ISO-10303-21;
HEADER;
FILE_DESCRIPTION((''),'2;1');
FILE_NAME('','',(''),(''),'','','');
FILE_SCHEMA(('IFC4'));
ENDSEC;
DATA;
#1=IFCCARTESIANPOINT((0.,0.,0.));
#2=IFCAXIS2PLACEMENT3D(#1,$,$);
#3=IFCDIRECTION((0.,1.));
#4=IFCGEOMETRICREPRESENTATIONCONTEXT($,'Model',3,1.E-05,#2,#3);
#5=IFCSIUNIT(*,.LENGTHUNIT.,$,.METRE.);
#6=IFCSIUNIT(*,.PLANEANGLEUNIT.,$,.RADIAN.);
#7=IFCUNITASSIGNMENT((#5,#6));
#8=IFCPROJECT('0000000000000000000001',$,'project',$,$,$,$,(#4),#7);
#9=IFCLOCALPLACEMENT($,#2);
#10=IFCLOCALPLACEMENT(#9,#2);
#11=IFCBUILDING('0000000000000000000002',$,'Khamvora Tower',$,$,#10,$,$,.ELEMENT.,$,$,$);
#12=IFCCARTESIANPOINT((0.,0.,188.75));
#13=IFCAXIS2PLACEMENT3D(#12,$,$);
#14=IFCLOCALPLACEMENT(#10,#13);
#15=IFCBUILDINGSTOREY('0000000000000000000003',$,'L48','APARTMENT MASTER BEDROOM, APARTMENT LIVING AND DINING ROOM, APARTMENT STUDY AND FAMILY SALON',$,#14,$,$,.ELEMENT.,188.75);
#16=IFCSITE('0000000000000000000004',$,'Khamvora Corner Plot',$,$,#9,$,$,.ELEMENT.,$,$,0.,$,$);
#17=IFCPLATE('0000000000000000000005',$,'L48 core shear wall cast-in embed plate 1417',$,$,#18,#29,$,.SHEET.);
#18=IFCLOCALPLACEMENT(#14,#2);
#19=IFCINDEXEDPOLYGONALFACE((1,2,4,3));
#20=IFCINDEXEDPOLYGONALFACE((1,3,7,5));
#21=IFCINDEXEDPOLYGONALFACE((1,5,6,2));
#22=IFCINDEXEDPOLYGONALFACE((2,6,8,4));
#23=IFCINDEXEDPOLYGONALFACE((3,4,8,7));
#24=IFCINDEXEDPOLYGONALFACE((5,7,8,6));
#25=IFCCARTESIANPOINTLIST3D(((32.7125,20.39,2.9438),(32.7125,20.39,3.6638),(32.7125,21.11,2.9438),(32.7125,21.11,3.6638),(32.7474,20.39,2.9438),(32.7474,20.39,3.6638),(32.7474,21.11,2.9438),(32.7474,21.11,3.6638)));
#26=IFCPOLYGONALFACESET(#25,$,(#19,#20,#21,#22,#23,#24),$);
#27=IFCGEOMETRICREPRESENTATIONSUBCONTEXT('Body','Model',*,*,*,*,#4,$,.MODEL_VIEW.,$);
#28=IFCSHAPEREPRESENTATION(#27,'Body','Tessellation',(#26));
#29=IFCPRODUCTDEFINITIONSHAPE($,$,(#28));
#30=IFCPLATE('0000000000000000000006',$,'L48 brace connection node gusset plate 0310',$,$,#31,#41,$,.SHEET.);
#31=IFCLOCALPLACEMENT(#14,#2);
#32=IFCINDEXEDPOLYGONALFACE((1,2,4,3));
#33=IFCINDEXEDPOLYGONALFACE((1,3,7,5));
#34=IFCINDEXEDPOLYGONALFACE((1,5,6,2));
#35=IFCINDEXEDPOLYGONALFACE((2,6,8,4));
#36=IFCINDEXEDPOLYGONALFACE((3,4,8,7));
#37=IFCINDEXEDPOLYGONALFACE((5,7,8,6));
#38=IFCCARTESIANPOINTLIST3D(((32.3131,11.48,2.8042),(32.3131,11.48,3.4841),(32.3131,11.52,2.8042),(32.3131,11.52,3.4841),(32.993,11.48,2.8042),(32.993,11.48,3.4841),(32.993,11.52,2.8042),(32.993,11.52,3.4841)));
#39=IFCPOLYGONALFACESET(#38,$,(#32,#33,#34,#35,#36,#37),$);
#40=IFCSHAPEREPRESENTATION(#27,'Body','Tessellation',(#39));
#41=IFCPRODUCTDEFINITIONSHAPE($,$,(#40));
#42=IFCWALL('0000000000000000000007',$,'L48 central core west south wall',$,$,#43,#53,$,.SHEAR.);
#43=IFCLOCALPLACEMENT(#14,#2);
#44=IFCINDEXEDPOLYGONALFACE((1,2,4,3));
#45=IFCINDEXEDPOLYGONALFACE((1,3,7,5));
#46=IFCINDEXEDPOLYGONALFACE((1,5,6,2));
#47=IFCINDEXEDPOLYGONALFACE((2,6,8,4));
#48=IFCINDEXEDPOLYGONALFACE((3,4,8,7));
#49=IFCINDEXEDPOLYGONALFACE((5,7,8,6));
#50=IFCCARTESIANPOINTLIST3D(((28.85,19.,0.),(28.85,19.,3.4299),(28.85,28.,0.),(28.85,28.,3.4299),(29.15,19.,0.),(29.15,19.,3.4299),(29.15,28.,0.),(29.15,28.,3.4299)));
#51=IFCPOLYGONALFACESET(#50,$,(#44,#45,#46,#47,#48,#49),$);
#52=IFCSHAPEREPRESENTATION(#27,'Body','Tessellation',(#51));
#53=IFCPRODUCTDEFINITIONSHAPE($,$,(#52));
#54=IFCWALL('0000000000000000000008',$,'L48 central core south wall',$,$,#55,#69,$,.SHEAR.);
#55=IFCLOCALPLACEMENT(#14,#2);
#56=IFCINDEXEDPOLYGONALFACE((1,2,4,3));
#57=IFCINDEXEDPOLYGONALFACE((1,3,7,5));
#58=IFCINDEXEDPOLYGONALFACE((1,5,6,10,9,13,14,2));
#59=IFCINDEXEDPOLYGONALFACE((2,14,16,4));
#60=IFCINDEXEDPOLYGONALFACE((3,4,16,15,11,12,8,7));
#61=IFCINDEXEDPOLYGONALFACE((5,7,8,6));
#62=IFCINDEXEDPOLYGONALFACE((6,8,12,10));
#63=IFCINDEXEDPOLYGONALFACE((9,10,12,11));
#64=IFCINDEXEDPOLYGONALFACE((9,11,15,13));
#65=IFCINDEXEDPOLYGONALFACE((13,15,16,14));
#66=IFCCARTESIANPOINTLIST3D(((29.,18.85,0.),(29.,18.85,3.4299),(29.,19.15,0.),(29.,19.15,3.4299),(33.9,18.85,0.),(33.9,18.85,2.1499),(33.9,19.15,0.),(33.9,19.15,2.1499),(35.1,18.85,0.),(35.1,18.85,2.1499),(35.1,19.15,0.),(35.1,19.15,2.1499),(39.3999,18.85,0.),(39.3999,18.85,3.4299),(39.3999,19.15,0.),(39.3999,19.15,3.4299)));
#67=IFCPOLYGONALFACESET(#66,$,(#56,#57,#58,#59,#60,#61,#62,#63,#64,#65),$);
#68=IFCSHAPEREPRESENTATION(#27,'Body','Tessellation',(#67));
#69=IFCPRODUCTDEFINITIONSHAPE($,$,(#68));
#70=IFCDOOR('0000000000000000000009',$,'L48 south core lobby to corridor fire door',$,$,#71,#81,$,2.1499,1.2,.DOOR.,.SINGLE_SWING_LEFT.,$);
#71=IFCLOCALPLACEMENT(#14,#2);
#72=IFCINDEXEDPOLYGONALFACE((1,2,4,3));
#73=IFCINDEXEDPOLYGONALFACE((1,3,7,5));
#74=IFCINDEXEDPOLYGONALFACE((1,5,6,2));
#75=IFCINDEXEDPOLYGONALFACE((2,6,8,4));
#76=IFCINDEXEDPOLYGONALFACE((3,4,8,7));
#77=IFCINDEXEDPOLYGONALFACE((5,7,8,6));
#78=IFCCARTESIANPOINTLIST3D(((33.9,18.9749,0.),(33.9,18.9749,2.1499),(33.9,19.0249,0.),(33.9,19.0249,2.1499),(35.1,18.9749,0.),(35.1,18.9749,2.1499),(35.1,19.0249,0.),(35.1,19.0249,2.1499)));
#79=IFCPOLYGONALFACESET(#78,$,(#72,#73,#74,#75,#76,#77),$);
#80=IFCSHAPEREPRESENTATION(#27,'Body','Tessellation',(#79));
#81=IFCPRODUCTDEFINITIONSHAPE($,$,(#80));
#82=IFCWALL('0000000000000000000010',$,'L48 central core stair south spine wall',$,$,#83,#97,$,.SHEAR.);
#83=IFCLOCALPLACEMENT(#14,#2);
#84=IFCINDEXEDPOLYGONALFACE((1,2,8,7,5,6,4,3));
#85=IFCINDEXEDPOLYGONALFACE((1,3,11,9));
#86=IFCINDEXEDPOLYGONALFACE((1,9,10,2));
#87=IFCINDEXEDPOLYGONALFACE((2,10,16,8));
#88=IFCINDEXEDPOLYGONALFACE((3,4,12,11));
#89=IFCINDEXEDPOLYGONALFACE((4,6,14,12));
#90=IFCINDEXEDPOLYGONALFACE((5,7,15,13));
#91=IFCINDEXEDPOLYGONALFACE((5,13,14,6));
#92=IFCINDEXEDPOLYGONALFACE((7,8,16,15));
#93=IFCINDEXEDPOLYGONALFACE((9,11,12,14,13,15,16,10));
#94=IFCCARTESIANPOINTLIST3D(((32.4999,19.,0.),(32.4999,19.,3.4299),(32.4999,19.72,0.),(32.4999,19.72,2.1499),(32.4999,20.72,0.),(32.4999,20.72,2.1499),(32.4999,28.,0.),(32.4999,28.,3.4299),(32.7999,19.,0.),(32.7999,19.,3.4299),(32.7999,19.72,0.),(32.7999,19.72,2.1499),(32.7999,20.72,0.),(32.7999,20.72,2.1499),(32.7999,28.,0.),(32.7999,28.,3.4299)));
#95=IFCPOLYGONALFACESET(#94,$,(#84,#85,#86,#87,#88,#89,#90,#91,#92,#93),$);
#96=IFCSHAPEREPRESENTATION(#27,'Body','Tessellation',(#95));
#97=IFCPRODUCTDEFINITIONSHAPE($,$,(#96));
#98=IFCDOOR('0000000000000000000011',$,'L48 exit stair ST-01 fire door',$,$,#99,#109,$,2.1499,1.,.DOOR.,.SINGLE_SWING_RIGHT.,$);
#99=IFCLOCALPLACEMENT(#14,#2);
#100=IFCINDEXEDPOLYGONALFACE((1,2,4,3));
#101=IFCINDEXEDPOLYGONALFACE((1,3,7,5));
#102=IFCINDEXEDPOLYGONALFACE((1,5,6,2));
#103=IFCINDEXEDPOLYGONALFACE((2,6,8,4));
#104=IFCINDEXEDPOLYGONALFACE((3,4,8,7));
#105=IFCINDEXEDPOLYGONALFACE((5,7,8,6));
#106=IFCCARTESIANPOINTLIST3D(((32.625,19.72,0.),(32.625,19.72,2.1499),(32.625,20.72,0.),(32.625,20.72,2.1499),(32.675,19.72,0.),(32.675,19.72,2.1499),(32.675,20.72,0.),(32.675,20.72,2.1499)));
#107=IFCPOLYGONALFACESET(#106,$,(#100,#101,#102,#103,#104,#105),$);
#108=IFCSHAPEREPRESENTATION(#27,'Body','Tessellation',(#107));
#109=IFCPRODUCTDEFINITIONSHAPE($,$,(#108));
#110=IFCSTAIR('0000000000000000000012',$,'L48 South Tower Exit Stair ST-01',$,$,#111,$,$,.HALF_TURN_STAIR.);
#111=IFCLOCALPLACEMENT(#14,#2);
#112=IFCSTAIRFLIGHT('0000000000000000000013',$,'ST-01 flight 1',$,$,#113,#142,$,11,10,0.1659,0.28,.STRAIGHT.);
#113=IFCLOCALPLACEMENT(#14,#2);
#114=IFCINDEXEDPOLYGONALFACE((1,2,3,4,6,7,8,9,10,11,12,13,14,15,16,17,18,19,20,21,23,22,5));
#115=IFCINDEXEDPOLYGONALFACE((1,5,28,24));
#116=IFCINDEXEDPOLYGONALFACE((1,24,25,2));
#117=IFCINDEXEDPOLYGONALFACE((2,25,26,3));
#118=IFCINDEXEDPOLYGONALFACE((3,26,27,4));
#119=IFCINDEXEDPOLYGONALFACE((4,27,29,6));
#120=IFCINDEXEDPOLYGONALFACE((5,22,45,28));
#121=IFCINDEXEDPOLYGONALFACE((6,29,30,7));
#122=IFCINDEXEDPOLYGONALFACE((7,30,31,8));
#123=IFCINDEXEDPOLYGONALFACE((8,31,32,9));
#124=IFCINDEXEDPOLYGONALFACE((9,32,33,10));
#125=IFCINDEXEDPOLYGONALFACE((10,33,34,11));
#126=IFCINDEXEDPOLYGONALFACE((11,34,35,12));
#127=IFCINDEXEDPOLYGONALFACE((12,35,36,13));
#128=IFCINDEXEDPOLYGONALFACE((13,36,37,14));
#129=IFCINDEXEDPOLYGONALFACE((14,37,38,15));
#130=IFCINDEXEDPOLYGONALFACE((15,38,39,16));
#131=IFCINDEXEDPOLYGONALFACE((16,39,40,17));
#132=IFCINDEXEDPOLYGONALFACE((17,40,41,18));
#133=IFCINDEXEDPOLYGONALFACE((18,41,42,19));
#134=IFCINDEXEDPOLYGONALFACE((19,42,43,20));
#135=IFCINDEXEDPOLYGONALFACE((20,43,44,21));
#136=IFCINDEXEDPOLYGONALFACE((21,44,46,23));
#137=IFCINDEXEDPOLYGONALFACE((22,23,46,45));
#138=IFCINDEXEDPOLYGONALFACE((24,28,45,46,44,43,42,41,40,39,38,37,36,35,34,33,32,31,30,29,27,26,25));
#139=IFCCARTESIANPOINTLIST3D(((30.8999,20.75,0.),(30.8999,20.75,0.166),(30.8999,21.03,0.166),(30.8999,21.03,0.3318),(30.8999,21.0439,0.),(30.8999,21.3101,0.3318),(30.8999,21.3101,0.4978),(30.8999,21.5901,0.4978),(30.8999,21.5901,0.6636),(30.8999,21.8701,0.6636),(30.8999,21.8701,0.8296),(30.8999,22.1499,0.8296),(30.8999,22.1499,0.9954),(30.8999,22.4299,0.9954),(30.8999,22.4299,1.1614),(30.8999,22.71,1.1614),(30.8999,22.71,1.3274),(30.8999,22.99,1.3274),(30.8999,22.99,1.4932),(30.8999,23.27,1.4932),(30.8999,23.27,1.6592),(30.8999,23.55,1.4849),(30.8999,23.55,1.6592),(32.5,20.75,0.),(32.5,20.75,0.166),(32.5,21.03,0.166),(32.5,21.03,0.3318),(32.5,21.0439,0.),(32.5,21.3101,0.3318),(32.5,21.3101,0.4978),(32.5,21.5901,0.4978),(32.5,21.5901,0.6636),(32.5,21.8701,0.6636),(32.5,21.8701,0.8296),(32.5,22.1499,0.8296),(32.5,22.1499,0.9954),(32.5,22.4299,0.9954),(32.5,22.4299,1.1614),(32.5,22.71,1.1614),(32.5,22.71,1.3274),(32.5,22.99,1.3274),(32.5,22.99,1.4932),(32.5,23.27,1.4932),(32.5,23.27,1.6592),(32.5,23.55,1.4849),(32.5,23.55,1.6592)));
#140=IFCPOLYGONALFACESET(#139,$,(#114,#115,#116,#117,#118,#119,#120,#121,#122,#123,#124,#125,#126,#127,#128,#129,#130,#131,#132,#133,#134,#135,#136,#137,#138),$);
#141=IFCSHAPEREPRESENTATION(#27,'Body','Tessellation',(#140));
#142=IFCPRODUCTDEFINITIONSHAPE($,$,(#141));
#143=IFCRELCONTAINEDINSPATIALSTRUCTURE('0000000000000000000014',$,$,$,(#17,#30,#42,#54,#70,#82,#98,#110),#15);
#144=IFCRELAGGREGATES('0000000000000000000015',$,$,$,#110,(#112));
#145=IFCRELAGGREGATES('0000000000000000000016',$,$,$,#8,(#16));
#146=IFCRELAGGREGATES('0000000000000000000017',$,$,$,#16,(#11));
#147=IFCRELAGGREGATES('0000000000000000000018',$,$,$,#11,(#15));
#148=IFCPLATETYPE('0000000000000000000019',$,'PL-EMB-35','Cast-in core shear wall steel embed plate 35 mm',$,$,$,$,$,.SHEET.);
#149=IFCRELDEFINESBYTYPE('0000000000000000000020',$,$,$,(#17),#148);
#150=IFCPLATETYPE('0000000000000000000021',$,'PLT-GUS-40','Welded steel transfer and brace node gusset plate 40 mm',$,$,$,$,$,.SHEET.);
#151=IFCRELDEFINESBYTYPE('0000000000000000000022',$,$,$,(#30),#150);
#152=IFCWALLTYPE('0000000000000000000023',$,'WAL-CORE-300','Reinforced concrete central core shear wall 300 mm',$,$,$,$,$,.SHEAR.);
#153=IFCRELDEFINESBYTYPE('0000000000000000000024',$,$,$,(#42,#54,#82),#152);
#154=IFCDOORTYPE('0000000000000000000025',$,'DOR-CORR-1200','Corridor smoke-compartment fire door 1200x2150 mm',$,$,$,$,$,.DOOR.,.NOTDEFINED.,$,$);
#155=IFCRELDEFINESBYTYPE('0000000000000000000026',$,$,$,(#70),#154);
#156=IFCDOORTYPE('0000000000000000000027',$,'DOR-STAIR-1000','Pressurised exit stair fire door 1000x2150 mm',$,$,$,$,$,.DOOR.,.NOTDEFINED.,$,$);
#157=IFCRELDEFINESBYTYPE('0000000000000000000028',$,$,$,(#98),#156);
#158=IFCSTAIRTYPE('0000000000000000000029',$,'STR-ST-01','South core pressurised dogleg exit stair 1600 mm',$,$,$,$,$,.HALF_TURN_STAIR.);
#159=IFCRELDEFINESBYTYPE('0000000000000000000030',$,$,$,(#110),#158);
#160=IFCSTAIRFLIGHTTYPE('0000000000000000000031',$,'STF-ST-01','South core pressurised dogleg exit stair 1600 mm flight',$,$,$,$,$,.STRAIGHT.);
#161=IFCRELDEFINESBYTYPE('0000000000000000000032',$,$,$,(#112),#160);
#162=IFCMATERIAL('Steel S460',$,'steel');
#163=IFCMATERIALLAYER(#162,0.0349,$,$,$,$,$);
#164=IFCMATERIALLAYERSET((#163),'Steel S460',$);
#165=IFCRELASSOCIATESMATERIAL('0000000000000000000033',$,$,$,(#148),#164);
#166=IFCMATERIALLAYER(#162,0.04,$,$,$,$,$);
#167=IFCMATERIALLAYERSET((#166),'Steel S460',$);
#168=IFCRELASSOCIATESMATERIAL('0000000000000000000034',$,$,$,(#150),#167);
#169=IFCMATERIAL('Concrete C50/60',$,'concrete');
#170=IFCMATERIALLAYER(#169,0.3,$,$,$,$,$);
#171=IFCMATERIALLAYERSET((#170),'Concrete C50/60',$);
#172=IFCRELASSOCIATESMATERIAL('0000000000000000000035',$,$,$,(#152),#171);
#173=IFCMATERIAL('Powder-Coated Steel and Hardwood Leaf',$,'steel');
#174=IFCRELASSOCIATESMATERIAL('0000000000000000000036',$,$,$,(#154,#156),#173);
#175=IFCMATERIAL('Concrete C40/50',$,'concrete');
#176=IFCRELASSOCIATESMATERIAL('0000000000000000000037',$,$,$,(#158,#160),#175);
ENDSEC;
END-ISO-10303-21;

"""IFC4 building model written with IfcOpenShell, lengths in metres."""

from ifc_helpers import new_model, si_unit, direction, frame, frame_2d, origin, origin_2d, place, context, subcontext, project, spatial, polyline, rectangle, outline, extrude, material, layer, layer_set, type_object, element, fill, aggregate, save


model = new_model("IFC4")

# Units and contexts
model_context = context("Model", 3, precision=1e-05, world=origin(), true_north=direction((0.0, 1.0)))
body_context = subcontext(model_context, "Body", "Model", "MODEL_VIEW")
ifc_project = project(units=[si_unit("LENGTHUNIT", "METRE"), si_unit("PLANEANGLEUNIT", "RADIAN")], contexts=[model_context])

# Site, building, storey
site_placement = place(None, origin())
site = spatial("IfcSite", under=ifc_project, at=site_placement, Name="Khamvora Corner Plot", CompositionType="ELEMENT", RefElevation=0.0)
building_placement = place(site_placement, origin())
building = spatial("IfcBuilding", under=site, at=building_placement, Name="Khamvora Tower", CompositionType="ELEMENT")
storey_placement = place(building_placement, frame((0.0, 0.0, 188.75)))
storey = spatial("IfcBuildingStorey", under=building, at=storey_placement, Name="L48", Description="APARTMENT MASTER BEDROOM, APARTMENT LIVING AND DINING ROOM, APARTMENT STUDY AND FAMILY SALON", CompositionType="ELEMENT", Elevation=188.75)

# Shared definitions
ifc_material_1 = material(Name="Steel S460", Category="steel")

# Plates
ifc_layer_1 = layer(ifc_material_1, 0.0349)
ifc_layer_set_1 = layer_set([ifc_layer_1], Name="Steel S460")
plate_type_1 = type_object("IfcPlateType", Name="PL-EMB-35", Description="Cast-in core shear wall steel embed plate 35 mm", PredefinedType="SHEET", material=ifc_layer_set_1)
plate_1_placement = place(storey_placement, frame((32.73, 20.75, 2.9438), z_axis=(0.0, 0.0, 1.0), x_axis=(1.0, 0.0, 0.0)))
element("IfcPlate", 1, at=plate_1_placement, inside=storey, type_object=plate_type_1, Name="L48 core shear wall cast-in embed plate 1417", PredefinedType="SHEET", context=body_context, shape_type="SweptSolid", body=[
    extrude(rectangle(XDim=0.0349, YDim=0.72, at=origin_2d()), origin(), (0.0, 0.0, 1.0), 0.72),
])
ifc_layer_2 = layer(ifc_material_1, 0.04)
ifc_layer_set_2 = layer_set([ifc_layer_2], Name="Steel S460")
plate_type_2 = type_object("IfcPlateType", Name="PLT-GUS-40", Description="Welded steel transfer and brace node gusset plate 40 mm", PredefinedType="SHEET", material=ifc_layer_set_2)
plate_2_placement = place(storey_placement, frame((32.6531, 11.5, 2.8042), z_axis=(0.0, 0.0, 1.0), x_axis=(1.0, 0.0, 0.0)))
element("IfcPlate", 2, at=plate_2_placement, inside=storey, type_object=plate_type_2, Name="L48 brace connection node gusset plate 0310", PredefinedType="SHEET", context=body_context, shape_type="SweptSolid", body=[
    extrude(rectangle(XDim=0.6799, YDim=0.04, at=origin_2d()), origin(), (0.0, 0.0, 1.0), 0.6799),
])

# Wall
ifc_material_2 = material(Name="Concrete C50/60", Category="concrete")
ifc_layer_3 = layer(ifc_material_2, 0.3)
ifc_layer_set_3 = layer_set([ifc_layer_3], Name="Concrete C50/60")
wall_type = type_object("IfcWallType", Name="WAL-CORE-300", Description="Reinforced concrete central core shear wall 300 mm", PredefinedType="SHEAR", material=ifc_layer_set_3)
wall_1_placement = place(storey_placement, frame((29.0, 19.0, 0.0), z_axis=(0.0, 0.0, 1.0), x_axis=(0.0, 1.0, 0.0)))
element("IfcWall", 3, at=wall_1_placement, inside=storey, type_object=wall_type, Name="L48 central core west south wall", PredefinedType="SHEAR", context=body_context, shape_type="SweptSolid", body=[
    extrude(rectangle(XDim=9.0, YDim=0.3, at=frame_2d((4.5, 0.0))), origin(), (0.0, 0.0, 1.0), 3.4299),
])

# Walls, openings, doors
wall_2_placement = place(storey_placement, frame((29.0, 19.0, 0.0), z_axis=(0.0, 0.0, 1.0), x_axis=(1.0, 0.0, 0.0)))
wall_2 = element("IfcWall", 4, at=wall_2_placement, inside=storey, type_object=wall_type, Name="L48 central core south wall", PredefinedType="SHEAR", context=body_context, shape_type="SweptSolid", body=[
    extrude(rectangle(XDim=10.3999, YDim=0.3, at=frame_2d((5.2, 0.0))), origin(), (0.0, 0.0, 1.0), 3.4299),
])
opening_1_placement = place(wall_2_placement, frame((4.8999, 0.0, 0.0)))
opening_1 = element("IfcOpeningElement", 5, at=opening_1_placement, cuts=wall_2, PredefinedType="OPENING", context=body_context, shape_type="SweptSolid", body=[
    extrude(rectangle(XDim=1.2, YDim=2.1499, at=frame_2d((0.6001, 1.075))), frame((0.0, 0.1599, 0.0), z_axis=(0.0, -1.0, 0.0), x_axis=(1.0, 0.0, 0.0)), (0.0, 0.0, 1.0), 0.3201),
])
ifc_material_3 = material(Name="Powder-Coated Steel and Hardwood Leaf", Category="steel")
door_type_1 = type_object("IfcDoorType", Name="DOR-CORR-1200", Description="Corridor smoke-compartment fire door 1200x2150 mm", OperationType="NOTDEFINED", PredefinedType="DOOR", material=ifc_material_3)
door_1_placement = place(opening_1_placement, origin())
door_1 = element("IfcDoor", 6, at=door_1_placement, inside=storey, type_object=door_type_1, Name="L48 south core lobby to corridor fire door", OperationType="SINGLE_SWING_LEFT", OverallHeight=2.1499, OverallWidth=1.2, PredefinedType="DOOR", context=body_context, shape_type="SweptSolid", body=[
    extrude(rectangle(XDim=1.2, YDim=2.1499, at=frame_2d((0.6001, 1.075))), frame((0.0, 0.0249, 0.0), z_axis=(0.0, -1.0, 0.0), x_axis=(1.0, 0.0, 0.0)), (0.0, 0.0, 1.0), 0.05),
])
fill(opening_1, door_1)
wall_3_placement = place(storey_placement, frame((32.6499, 19.0, 0.0), z_axis=(0.0, 0.0, 1.0), x_axis=(0.0, 1.0, 0.0)))
wall_3 = element("IfcWall", 7, at=wall_3_placement, inside=storey, type_object=wall_type, Name="L48 central core stair south spine wall", PredefinedType="SHEAR", context=body_context, shape_type="SweptSolid", body=[
    extrude(rectangle(XDim=9.0, YDim=0.3, at=frame_2d((4.5, 0.0))), origin(), (0.0, 0.0, 1.0), 3.4299),
])
opening_2_placement = place(wall_3_placement, frame((0.72, 0.0, 0.0)))
opening_2 = element("IfcOpeningElement", 8, at=opening_2_placement, cuts=wall_3, PredefinedType="OPENING", context=body_context, shape_type="SweptSolid", body=[
    extrude(rectangle(XDim=1.0, YDim=2.1499, at=frame_2d((0.5, 1.075))), frame((0.0, 0.1599, 0.0), z_axis=(0.0, -1.0, 0.0), x_axis=(1.0, 0.0, 0.0)), (0.0, 0.0, 1.0), 0.3201),
])
door_type_2 = type_object("IfcDoorType", Name="DOR-STAIR-1000", Description="Pressurised exit stair fire door 1000x2150 mm", OperationType="NOTDEFINED", PredefinedType="DOOR", material=ifc_material_3)
door_2_placement = place(opening_2_placement, origin())
door_2 = element("IfcDoor", 9, at=door_2_placement, inside=storey, type_object=door_type_2, Name="L48 exit stair ST-01 fire door", OperationType="SINGLE_SWING_RIGHT", OverallHeight=2.1499, OverallWidth=1.0, PredefinedType="DOOR", context=body_context, shape_type="SweptSolid", body=[
    extrude(rectangle(XDim=1.0, YDim=2.1499, at=frame_2d((0.5, 1.075))), frame((0.0, 0.0249, 0.0), z_axis=(0.0, -1.0, 0.0), x_axis=(1.0, 0.0, 0.0)), (0.0, 0.0, 1.0), 0.05),
])
fill(opening_2, door_2)

# Stair, stair flight
ifc_material_4 = material(Name="Concrete C40/50", Category="concrete")
stair_type = type_object("IfcStairType", Name="STR-ST-01", Description="South core pressurised dogleg exit stair 1600 mm", PredefinedType="HALF_TURN_STAIR", material=ifc_material_4)
stair_placement = place(storey_placement, origin())
stair = element("IfcStair", 10, at=stair_placement, inside=storey, type_object=stair_type, Name="L48 South Tower Exit Stair ST-01", PredefinedType="HALF_TURN_STAIR")
stair_flight_type = type_object("IfcStairFlightType", Name="STF-ST-01", Description="South core pressurised dogleg exit stair 1600 mm flight", PredefinedType="STRAIGHT", material=ifc_material_4)
stair_flight_placement = place(storey_placement, frame((31.7, 20.75, 0.0), z_axis=(0.0, 0.0, 1.0), x_axis=(0.0, 1.0, 0.0)))
stair_flight = element("IfcStairFlight", 11, at=stair_flight_placement, type_object=stair_flight_type, Name="ST-01 flight 1", NumberOfRisers=11, NumberOfTreads=10, PredefinedType="STRAIGHT", RiserHeight=0.1659, TreadLength=0.28, context=body_context, shape_type="SweptSolid", body=[
    extrude(outline(polyline([(0.0, 0.0), (0.0, 0.166), (0.28, 0.166), (0.28, 0.3318), (0.5601, 0.3318), (0.5601, 0.4978), (0.8401, 0.4978), (0.8401, 0.6636), (1.1201, 0.6636), (1.1201, 0.8296), (1.3999, 0.8296), (1.3999, 0.9954), (1.6799, 0.9954), (1.6799, 1.1614), (1.96, 1.1614), (1.96, 1.3274), (2.24, 1.3274), (2.24, 1.4932), (2.52, 1.4932), (2.52, 1.6592), (2.8, 1.6592), (2.8, 1.825), (2.8, 1.4849), (0.2939, 0.0), (0.0, 0.0)])), frame((0.0, 0.8, 0.0), z_axis=(0.0, -1.0, 0.0), x_axis=(1.0, 0.0, 0.0)), (0.0, 0.0, 1.0), 1.6001),
])
aggregate(stair, [stair_flight])

save(model, "model.ifc")
